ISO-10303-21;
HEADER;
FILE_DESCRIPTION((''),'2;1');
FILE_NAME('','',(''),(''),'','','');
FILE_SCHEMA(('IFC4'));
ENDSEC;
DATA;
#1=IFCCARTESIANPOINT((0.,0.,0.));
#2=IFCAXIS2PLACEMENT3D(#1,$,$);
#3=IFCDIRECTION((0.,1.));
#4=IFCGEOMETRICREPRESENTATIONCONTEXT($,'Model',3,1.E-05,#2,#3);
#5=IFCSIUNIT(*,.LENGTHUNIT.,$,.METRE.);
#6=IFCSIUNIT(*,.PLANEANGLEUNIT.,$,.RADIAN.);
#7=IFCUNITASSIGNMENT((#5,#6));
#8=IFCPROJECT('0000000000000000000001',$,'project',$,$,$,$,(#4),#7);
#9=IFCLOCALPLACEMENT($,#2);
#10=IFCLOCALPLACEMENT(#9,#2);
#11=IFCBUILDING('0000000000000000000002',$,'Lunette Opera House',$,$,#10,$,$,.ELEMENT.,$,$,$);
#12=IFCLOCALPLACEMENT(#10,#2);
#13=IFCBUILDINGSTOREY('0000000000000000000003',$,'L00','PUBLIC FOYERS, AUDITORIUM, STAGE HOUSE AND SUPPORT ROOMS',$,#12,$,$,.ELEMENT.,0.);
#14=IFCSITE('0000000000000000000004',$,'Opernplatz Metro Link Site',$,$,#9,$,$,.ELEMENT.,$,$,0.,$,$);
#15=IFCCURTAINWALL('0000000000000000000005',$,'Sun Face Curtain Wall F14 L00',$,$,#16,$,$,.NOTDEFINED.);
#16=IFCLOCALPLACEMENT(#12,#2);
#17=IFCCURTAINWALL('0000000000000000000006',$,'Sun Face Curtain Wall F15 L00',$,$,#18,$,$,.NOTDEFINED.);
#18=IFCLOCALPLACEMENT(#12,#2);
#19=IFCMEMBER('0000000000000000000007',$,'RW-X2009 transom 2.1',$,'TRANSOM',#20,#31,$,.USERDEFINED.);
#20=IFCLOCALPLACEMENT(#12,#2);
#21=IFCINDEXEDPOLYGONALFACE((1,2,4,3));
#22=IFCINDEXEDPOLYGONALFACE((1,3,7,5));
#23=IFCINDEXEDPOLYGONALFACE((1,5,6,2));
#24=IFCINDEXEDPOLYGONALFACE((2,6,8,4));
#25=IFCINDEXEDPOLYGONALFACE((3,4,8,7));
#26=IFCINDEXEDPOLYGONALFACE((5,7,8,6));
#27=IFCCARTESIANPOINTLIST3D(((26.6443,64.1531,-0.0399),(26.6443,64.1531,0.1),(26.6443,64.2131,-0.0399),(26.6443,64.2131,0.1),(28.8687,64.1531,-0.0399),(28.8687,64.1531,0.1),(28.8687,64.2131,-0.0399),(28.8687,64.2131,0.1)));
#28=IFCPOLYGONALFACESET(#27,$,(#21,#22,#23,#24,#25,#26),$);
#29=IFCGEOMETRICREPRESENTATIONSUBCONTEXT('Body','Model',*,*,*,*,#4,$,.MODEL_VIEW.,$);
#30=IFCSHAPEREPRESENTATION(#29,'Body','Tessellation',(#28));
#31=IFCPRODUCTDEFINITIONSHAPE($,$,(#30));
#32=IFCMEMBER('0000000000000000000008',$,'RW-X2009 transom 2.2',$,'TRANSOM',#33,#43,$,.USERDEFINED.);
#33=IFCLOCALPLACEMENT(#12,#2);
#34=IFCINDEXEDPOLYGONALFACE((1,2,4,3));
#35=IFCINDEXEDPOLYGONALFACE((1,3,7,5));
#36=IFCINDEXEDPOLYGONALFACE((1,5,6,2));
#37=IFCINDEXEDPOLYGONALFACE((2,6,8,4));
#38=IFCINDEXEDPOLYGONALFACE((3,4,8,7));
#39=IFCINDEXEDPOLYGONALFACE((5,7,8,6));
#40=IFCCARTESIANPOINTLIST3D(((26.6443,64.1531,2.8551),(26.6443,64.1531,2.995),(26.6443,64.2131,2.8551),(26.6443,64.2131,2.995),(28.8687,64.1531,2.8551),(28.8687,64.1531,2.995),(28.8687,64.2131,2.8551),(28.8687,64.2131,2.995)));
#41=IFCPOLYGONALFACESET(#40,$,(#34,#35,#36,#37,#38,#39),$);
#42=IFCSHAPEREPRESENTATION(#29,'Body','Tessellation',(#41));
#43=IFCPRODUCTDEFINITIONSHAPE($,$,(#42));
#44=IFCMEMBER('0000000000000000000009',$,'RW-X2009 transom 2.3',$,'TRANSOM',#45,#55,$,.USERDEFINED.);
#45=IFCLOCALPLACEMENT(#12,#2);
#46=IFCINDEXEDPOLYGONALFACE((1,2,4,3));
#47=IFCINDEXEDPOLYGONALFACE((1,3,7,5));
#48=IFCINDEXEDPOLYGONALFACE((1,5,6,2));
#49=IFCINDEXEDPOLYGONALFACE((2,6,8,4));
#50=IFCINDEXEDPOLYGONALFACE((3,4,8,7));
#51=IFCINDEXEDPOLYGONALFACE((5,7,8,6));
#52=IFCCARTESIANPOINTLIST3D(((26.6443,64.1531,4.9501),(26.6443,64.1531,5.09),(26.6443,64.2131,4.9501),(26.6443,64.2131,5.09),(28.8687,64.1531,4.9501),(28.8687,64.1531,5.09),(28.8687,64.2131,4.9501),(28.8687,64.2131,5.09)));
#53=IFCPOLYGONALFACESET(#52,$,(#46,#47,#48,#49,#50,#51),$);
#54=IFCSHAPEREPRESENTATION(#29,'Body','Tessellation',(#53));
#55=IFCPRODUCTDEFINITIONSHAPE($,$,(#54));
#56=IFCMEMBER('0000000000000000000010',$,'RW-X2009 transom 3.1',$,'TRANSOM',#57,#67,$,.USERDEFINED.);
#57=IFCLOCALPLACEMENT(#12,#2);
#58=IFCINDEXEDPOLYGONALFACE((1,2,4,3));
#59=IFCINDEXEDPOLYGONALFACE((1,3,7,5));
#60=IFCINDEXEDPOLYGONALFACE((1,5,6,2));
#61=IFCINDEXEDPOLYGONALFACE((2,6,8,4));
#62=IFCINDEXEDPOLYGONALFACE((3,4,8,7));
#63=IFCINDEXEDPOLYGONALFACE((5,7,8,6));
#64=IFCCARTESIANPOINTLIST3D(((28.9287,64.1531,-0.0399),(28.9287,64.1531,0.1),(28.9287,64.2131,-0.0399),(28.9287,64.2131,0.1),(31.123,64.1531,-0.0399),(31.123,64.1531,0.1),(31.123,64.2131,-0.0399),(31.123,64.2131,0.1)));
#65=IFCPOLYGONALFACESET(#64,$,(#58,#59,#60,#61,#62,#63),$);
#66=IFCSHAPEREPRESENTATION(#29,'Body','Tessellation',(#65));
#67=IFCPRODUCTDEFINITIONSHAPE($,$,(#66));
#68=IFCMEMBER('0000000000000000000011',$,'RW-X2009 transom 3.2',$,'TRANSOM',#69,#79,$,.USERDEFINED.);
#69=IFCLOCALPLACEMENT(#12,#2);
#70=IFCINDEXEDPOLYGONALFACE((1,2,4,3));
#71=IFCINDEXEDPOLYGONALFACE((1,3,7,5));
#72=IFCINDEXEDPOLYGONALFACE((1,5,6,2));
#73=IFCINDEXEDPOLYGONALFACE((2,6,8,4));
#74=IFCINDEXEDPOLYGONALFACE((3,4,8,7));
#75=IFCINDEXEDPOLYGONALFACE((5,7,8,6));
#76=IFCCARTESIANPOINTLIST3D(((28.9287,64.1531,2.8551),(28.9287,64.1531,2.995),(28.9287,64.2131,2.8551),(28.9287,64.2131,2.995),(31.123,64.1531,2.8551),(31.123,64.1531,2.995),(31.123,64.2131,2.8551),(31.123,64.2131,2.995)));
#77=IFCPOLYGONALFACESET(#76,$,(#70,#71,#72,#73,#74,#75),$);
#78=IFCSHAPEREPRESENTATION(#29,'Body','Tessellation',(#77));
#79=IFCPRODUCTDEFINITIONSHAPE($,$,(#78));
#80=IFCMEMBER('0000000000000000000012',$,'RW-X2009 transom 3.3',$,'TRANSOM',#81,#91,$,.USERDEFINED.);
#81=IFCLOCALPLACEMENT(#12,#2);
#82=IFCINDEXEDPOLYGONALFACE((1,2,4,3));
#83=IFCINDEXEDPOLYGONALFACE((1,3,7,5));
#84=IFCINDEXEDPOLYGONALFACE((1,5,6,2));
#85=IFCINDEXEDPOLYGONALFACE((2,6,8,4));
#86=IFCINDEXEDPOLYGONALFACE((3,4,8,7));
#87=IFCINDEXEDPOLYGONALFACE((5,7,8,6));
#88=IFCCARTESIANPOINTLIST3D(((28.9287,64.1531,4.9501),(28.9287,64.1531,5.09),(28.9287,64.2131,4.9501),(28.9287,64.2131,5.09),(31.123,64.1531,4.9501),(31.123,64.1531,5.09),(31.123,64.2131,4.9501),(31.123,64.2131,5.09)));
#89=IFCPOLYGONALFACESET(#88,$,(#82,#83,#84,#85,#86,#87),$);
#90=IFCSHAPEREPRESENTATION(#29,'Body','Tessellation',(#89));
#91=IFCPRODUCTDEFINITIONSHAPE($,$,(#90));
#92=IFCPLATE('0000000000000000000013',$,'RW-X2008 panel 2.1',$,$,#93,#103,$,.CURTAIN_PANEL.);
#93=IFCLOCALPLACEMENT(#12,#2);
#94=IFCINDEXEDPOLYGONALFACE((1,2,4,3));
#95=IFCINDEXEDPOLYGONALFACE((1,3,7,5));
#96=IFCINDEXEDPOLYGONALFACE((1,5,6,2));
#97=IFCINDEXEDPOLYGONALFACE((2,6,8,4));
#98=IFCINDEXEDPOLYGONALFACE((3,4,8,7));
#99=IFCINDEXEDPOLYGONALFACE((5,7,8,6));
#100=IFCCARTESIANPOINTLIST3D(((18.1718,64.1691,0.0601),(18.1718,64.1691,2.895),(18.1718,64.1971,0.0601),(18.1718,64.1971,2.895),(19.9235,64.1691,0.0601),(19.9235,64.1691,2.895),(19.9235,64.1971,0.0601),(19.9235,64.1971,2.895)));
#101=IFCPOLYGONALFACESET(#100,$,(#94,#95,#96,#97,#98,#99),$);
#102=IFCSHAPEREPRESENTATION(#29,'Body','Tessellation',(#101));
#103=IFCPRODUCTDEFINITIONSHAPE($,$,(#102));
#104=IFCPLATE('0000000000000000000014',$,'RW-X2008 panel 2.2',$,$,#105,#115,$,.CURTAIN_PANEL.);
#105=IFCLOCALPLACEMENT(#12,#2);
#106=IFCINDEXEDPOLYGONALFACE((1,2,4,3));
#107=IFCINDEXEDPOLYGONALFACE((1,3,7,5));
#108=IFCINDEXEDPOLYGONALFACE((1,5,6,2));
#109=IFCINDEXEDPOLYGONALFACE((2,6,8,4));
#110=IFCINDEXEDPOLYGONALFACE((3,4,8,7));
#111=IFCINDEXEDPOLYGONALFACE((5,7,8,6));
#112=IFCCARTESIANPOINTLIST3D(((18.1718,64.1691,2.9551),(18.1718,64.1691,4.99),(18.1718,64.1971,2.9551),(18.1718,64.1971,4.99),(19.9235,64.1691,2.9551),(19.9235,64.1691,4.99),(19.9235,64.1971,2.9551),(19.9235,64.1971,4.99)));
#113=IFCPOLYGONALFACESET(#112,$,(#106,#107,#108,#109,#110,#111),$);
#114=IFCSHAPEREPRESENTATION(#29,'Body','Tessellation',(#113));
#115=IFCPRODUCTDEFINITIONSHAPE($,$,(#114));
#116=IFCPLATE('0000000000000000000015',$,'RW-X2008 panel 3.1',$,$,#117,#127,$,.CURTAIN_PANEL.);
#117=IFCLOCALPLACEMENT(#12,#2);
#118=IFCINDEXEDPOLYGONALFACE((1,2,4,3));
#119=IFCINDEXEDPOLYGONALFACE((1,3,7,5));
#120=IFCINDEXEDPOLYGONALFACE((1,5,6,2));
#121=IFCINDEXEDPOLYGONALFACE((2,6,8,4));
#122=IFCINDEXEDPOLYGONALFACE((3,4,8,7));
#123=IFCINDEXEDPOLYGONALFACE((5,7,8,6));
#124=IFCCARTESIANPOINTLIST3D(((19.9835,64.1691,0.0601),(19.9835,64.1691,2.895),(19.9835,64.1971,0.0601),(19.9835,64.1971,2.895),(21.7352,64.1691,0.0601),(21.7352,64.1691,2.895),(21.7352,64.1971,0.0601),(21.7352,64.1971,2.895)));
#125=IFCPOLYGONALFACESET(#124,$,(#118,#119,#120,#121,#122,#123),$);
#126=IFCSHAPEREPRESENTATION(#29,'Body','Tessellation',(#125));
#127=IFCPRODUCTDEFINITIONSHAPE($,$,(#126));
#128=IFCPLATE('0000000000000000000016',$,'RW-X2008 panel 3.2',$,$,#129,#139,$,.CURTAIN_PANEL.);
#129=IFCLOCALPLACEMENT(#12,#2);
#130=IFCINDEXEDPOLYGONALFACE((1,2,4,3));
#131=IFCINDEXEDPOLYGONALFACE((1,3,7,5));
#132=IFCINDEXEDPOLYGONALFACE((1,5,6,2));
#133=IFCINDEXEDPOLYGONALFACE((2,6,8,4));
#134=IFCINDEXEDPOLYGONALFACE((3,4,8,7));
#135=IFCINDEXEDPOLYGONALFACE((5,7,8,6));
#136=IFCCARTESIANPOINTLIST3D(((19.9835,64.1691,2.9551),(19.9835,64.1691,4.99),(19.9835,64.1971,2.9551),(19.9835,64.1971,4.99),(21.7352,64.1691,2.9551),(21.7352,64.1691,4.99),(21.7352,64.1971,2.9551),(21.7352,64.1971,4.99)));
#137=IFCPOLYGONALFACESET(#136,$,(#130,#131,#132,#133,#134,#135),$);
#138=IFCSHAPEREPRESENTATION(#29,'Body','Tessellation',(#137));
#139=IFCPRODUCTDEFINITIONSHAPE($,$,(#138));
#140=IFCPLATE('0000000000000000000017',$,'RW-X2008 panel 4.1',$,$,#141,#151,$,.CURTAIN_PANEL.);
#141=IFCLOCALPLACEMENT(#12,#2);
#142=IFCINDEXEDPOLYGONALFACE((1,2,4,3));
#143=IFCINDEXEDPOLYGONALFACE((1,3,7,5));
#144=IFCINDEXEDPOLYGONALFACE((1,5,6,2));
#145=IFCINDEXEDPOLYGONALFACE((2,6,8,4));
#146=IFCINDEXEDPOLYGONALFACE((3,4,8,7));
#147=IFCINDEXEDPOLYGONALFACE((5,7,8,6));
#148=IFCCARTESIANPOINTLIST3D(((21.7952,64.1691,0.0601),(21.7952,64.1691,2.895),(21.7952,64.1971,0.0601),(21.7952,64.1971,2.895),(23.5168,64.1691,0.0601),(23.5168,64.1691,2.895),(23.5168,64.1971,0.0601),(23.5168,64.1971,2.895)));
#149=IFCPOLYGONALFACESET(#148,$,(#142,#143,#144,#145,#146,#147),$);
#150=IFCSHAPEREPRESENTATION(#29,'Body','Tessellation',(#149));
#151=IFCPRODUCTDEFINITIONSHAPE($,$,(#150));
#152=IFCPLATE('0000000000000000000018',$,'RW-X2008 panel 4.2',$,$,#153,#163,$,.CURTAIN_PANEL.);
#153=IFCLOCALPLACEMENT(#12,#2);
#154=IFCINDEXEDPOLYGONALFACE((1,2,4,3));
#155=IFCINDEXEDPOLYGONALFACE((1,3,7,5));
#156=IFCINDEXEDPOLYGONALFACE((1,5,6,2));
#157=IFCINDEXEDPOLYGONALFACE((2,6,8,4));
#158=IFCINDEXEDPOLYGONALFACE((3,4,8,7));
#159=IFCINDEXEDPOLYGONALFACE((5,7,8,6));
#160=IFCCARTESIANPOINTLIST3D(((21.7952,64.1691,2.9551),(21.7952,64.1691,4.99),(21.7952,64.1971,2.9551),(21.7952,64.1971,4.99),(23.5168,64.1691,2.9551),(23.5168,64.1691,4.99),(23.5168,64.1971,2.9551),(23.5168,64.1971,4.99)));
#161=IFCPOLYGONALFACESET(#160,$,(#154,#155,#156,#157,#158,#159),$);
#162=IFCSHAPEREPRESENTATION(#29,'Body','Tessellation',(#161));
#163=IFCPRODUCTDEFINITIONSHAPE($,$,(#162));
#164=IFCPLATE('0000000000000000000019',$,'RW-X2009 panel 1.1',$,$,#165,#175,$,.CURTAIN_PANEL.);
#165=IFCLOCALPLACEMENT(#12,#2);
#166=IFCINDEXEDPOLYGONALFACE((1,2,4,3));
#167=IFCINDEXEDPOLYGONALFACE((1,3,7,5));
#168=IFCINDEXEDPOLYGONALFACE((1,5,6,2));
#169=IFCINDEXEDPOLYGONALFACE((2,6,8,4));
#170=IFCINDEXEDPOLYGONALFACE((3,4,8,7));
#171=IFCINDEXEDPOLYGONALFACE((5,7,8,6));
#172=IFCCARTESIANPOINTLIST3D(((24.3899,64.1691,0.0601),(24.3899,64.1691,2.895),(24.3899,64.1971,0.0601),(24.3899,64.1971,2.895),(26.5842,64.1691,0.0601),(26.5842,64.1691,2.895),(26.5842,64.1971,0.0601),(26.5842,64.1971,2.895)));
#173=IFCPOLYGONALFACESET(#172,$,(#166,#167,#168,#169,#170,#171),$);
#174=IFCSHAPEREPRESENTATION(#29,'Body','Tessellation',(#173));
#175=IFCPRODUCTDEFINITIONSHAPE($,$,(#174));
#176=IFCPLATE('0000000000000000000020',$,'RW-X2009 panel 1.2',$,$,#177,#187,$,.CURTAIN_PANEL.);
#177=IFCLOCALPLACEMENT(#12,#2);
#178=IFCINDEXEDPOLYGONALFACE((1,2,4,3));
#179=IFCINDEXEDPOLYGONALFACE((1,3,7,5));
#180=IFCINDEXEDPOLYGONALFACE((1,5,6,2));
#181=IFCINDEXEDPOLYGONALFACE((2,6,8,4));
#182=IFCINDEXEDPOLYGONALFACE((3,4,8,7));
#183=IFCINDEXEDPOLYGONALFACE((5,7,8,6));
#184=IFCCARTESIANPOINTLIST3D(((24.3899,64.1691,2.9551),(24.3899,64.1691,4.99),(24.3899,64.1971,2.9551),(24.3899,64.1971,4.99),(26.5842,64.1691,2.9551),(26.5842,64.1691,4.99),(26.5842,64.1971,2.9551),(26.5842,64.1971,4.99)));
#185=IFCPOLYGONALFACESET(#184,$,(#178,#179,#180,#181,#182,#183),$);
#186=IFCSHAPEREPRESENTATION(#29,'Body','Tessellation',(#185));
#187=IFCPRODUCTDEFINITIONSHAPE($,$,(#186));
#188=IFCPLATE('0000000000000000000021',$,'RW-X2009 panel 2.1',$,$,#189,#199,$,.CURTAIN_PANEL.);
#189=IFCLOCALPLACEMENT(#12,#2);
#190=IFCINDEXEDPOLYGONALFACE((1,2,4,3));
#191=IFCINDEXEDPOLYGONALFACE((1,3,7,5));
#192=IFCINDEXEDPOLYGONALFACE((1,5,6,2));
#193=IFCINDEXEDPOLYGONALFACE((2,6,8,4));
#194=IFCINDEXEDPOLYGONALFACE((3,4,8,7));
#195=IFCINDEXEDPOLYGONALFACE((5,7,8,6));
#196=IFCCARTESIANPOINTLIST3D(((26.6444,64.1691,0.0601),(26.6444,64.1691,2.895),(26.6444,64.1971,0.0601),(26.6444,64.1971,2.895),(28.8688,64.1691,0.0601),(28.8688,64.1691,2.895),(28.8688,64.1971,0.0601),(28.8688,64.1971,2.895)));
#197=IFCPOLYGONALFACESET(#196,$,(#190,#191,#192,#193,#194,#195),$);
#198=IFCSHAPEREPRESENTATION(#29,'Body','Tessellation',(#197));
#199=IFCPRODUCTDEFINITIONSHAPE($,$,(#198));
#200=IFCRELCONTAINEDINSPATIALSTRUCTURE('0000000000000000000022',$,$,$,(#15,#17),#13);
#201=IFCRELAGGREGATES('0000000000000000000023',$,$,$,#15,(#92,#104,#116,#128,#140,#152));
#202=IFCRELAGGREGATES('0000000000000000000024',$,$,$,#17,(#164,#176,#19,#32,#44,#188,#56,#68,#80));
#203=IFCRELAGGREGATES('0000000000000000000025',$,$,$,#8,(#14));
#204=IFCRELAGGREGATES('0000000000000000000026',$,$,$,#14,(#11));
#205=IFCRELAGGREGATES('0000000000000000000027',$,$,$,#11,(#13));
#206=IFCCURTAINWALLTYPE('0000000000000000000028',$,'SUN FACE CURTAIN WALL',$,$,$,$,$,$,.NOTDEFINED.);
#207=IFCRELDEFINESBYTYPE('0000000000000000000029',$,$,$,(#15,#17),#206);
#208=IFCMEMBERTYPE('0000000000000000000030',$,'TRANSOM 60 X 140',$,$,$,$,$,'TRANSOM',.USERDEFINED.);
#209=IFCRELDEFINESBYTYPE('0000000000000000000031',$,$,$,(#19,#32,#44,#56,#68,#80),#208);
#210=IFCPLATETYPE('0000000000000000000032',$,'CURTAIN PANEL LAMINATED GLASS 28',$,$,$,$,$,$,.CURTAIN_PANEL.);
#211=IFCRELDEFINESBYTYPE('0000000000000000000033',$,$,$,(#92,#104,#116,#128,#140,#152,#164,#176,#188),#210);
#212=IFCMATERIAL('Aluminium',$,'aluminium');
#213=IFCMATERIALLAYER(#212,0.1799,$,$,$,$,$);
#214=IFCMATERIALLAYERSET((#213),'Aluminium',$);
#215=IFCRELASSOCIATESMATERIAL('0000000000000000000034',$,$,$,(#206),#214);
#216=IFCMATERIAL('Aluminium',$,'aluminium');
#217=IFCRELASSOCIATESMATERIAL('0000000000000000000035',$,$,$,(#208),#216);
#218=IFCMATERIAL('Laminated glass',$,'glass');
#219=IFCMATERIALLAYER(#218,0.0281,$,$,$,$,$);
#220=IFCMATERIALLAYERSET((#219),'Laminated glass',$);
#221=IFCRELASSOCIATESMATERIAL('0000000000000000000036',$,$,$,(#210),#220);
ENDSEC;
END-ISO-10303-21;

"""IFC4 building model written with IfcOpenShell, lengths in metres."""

from ifc_helpers import new_model, si_unit, direction, frame, origin, origin_2d, place, context, subcontext, project, spatial, rectangle, extrude, material, layer, layer_set, material_profile, profile_set, type_object, element, aggregate, save


model = new_model("IFC4")

# Units and contexts
model_context = context("Model", 3, precision=1e-05, world=origin(), true_north=direction((0.0, 1.0)))
body_context = subcontext(model_context, "Body", "Model", "MODEL_VIEW")
ifc_project = project(units=[si_unit("LENGTHUNIT", "METRE"), si_unit("PLANEANGLEUNIT", "RADIAN")], contexts=[model_context])

# Site, building, storey
site_placement = place(None, origin())
site = spatial("IfcSite", under=ifc_project, at=site_placement, Name="Opernplatz Metro Link Site", CompositionType="ELEMENT", RefElevation=0.0)
building_placement = place(site_placement, origin())
building = spatial("IfcBuilding", under=site, at=building_placement, Name="Lunette Opera House", CompositionType="ELEMENT")
storey_placement = place(building_placement, origin())
storey = spatial("IfcBuildingStorey", under=building, at=storey_placement, Name="L00", Description="PUBLIC FOYERS, AUDITORIUM, STAGE HOUSE AND SUPPORT ROOMS", CompositionType="ELEMENT", Elevation=0.0)

# Curtain walls
ifc_material_1 = material(Name="Aluminium", Category="aluminium")
ifc_layer_1 = layer(ifc_material_1, 0.1799)
ifc_layer_set_1 = layer_set([ifc_layer_1], Name="Aluminium")
curtain_wall_type = type_object("IfcCurtainWallType", Name="SUN FACE CURTAIN WALL", PredefinedType="NOTDEFINED", material=ifc_layer_set_1)
curtain_wall_1_placement = place(storey_placement, origin())
curtain_wall_1 = element("IfcCurtainWall", 1, at=curtain_wall_1_placement, inside=storey, type_object=curtain_wall_type, Name="Sun Face Curtain Wall F14 L00", PredefinedType="NOTDEFINED")
curtain_wall_2_placement = place(storey_placement, origin())
curtain_wall_2 = element("IfcCurtainWall", 2, at=curtain_wall_2_placement, inside=storey, type_object=curtain_wall_type, Name="Sun Face Curtain Wall F15 L00", PredefinedType="NOTDEFINED")

# Members
ifc_material_2 = material(Name="Aluminium", Category="aluminium")
ifc_material_profile_1 = material_profile(ifc_material_2, rectangle(XDim=0.0601, YDim=0.1399, at=origin_2d()), Name="TRANSOM 60 X 140")
ifc_profile_set_1 = profile_set([ifc_material_profile_1], Name="Aluminium")
member_type_1 = type_object("IfcMemberType", Name="TRANSOM 60 X 140", ElementType="TRANSOM", PredefinedType="USERDEFINED", material=ifc_profile_set_1)
member_1_placement = place(storey_placement, frame((26.6443, 64.1831, 0.03), z_axis=(1.0, 0.0, 0.0), x_axis=(0.0, 1.0, 0.0)))
member_1 = element("IfcMember", 3, at=member_1_placement, type_object=member_type_1, Name="RW-X2009 transom 2.1", ObjectType="TRANSOM", PredefinedType="USERDEFINED", context=body_context, shape_type="SweptSolid", body=[
    extrude(rectangle(XDim=0.0601, YDim=0.1399, at=origin_2d()), origin(), (0.0, 0.0, 1.0), 2.2244),
])
member_2_placement = place(storey_placement, frame((26.6443, 64.1831, 2.925), z_axis=(1.0, 0.0, 0.0), x_axis=(0.0, 1.0, 0.0)))
member_2 = element("IfcMember", 4, at=member_2_placement, type_object=member_type_1, Name="RW-X2009 transom 2.2", ObjectType="TRANSOM", PredefinedType="USERDEFINED", context=body_context, shape_type="SweptSolid", body=[
    extrude(rectangle(XDim=0.0601, YDim=0.1399, at=origin_2d()), origin(), (0.0, 0.0, 1.0), 2.2244),
])
member_3_placement = place(storey_placement, frame((26.6443, 64.1831, 5.02), z_axis=(1.0, 0.0, 0.0), x_axis=(0.0, 1.0, 0.0)))
member_3 = element("IfcMember", 5, at=member_3_placement, type_object=member_type_1, Name="RW-X2009 transom 2.3", ObjectType="TRANSOM", PredefinedType="USERDEFINED", context=body_context, shape_type="SweptSolid", body=[
    extrude(rectangle(XDim=0.0601, YDim=0.1399, at=origin_2d()), origin(), (0.0, 0.0, 1.0), 2.2244),
])
member_4_placement = place(storey_placement, frame((28.9287, 64.1831, 0.03), z_axis=(1.0, 0.0, 0.0), x_axis=(0.0, 1.0, 0.0)))
member_4 = element("IfcMember", 6, at=member_4_placement, type_object=member_type_1, Name="RW-X2009 transom 3.1", ObjectType="TRANSOM", PredefinedType="USERDEFINED", context=body_context, shape_type="SweptSolid", body=[
    extrude(rectangle(XDim=0.0601, YDim=0.1399, at=origin_2d()), origin(), (0.0, 0.0, 1.0), 2.1943),
])
member_5_placement = place(storey_placement, frame((28.9287, 64.1831, 2.925), z_axis=(1.0, 0.0, 0.0), x_axis=(0.0, 1.0, 0.0)))
member_5 = element("IfcMember", 7, at=member_5_placement, type_object=member_type_1, Name="RW-X2009 transom 3.2", ObjectType="TRANSOM", PredefinedType="USERDEFINED", context=body_context, shape_type="SweptSolid", body=[
    extrude(rectangle(XDim=0.0601, YDim=0.1399, at=origin_2d()), origin(), (0.0, 0.0, 1.0), 2.1943),
])
member_6_placement = place(storey_placement, frame((28.9287, 64.1831, 5.02), z_axis=(1.0, 0.0, 0.0), x_axis=(0.0, 1.0, 0.0)))
member_6 = element("IfcMember", 8, at=member_6_placement, type_object=member_type_1, Name="RW-X2009 transom 3.3", ObjectType="TRANSOM", PredefinedType="USERDEFINED", context=body_context, shape_type="SweptSolid", body=[
    extrude(rectangle(XDim=0.0601, YDim=0.1399, at=origin_2d()), origin(), (0.0, 0.0, 1.0), 2.1943),
])

# Plates
ifc_material_3 = material(Name="Laminated glass", Category="glass")
ifc_layer_2 = layer(ifc_material_3, 0.0281)
ifc_layer_set_2 = layer_set([ifc_layer_2], Name="Laminated glass")
plate_type = type_object("IfcPlateType", Name="CURTAIN PANEL LAMINATED GLASS 28", PredefinedType="CURTAIN_PANEL", material=ifc_layer_set_2)
plate_1_placement = place(storey_placement, frame((19.0476, 64.1831, 0.0601), z_axis=(0.0, 0.0, 1.0), x_axis=(1.0, 0.0, 0.0)))
plate_1 = element("IfcPlate", 9, at=plate_1_placement, type_object=plate_type, Name="RW-X2008 panel 2.1", PredefinedType="CURTAIN_PANEL", context=body_context, shape_type="SweptSolid", body=[
    extrude(rectangle(XDim=1.7517, YDim=0.0281, at=origin_2d()), origin(), (0.0, 0.0, 1.0), 2.835),
])
plate_2_placement = place(storey_placement, frame((19.0476, 64.1831, 2.9551), z_axis=(0.0, 0.0, 1.0), x_axis=(1.0, 0.0, 0.0)))
plate_2 = element("IfcPlate", 10, at=plate_2_placement, type_object=plate_type, Name="RW-X2008 panel 2.2", PredefinedType="CURTAIN_PANEL", context=body_context, shape_type="SweptSolid", body=[
    extrude(rectangle(XDim=1.7517, YDim=0.0281, at=origin_2d()), origin(), (0.0, 0.0, 1.0), 2.0349),
])
plate_3_placement = place(storey_placement, frame((20.8594, 64.1831, 0.0601), z_axis=(0.0, 0.0, 1.0), x_axis=(1.0, 0.0, 0.0)))
plate_3 = element("IfcPlate", 11, at=plate_3_placement, type_object=plate_type, Name="RW-X2008 panel 3.1", PredefinedType="CURTAIN_PANEL", context=body_context, shape_type="SweptSolid", body=[
    extrude(rectangle(XDim=1.7517, YDim=0.0281, at=origin_2d()), origin(), (0.0, 0.0, 1.0), 2.835),
])
plate_4_placement = place(storey_placement, frame((20.8594, 64.1831, 2.9551), z_axis=(0.0, 0.0, 1.0), x_axis=(1.0, 0.0, 0.0)))
plate_4 = element("IfcPlate", 12, at=plate_4_placement, type_object=plate_type, Name="RW-X2008 panel 3.2", PredefinedType="CURTAIN_PANEL", context=body_context, shape_type="SweptSolid", body=[
    extrude(rectangle(XDim=1.7517, YDim=0.0281, at=origin_2d()), origin(), (0.0, 0.0, 1.0), 2.0349),
])
plate_5_placement = place(storey_placement, frame((22.656, 64.1831, 0.0601), z_axis=(0.0, 0.0, 1.0), x_axis=(1.0, 0.0, 0.0)))
plate_5 = element("IfcPlate", 13, at=plate_5_placement, type_object=plate_type, Name="RW-X2008 panel 4.1", PredefinedType="CURTAIN_PANEL", context=body_context, shape_type="SweptSolid", body=[
    extrude(rectangle(XDim=1.7217, YDim=0.0281, at=origin_2d()), origin(), (0.0, 0.0, 1.0), 2.835),
])
plate_6_placement = place(storey_placement, frame((22.656, 64.1831, 2.9551), z_axis=(0.0, 0.0, 1.0), x_axis=(1.0, 0.0, 0.0)))
plate_6 = element("IfcPlate", 14, at=plate_6_placement, type_object=plate_type, Name="RW-X2008 panel 4.2", PredefinedType="CURTAIN_PANEL", context=body_context, shape_type="SweptSolid", body=[
    extrude(rectangle(XDim=1.7217, YDim=0.0281, at=origin_2d()), origin(), (0.0, 0.0, 1.0), 2.0349),
])
aggregate(curtain_wall_1, [plate_1, plate_2, plate_3, plate_4, plate_5, plate_6])
plate_7_placement = place(storey_placement, frame((25.4871, 64.1831, 0.0601), z_axis=(0.0, 0.0, 1.0), x_axis=(1.0, 0.0, 0.0)))
plate_7 = element("IfcPlate", 15, at=plate_7_placement, type_object=plate_type, Name="RW-X2009 panel 1.1", PredefinedType="CURTAIN_PANEL", context=body_context, shape_type="SweptSolid", body=[
    extrude(rectangle(XDim=2.1943, YDim=0.0281, at=origin_2d()), origin(), (0.0, 0.0, 1.0), 2.835),
])
plate_8_placement = place(storey_placement, frame((25.4871, 64.1831, 2.9551), z_axis=(0.0, 0.0, 1.0), x_axis=(1.0, 0.0, 0.0)))
plate_8 = element("IfcPlate", 16, at=plate_8_placement, type_object=plate_type, Name="RW-X2009 panel 1.2", PredefinedType="CURTAIN_PANEL", context=body_context, shape_type="SweptSolid", body=[
    extrude(rectangle(XDim=2.1943, YDim=0.0281, at=origin_2d()), origin(), (0.0, 0.0, 1.0), 2.0349),
])
plate_9_placement = place(storey_placement, frame((27.7566, 64.1831, 0.0601), z_axis=(0.0, 0.0, 1.0), x_axis=(1.0, 0.0, 0.0)))
plate_9 = element("IfcPlate", 17, at=plate_9_placement, type_object=plate_type, Name="RW-X2009 panel 2.1", PredefinedType="CURTAIN_PANEL", context=body_context, shape_type="SweptSolid", body=[
    extrude(rectangle(XDim=2.2244, YDim=0.0281, at=origin_2d()), origin(), (0.0, 0.0, 1.0), 2.835),
])
aggregate(curtain_wall_2, [plate_7, plate_8, member_1, member_2, member_3, plate_9, member_4, member_5, member_6])

save(model, "model.ifc")
